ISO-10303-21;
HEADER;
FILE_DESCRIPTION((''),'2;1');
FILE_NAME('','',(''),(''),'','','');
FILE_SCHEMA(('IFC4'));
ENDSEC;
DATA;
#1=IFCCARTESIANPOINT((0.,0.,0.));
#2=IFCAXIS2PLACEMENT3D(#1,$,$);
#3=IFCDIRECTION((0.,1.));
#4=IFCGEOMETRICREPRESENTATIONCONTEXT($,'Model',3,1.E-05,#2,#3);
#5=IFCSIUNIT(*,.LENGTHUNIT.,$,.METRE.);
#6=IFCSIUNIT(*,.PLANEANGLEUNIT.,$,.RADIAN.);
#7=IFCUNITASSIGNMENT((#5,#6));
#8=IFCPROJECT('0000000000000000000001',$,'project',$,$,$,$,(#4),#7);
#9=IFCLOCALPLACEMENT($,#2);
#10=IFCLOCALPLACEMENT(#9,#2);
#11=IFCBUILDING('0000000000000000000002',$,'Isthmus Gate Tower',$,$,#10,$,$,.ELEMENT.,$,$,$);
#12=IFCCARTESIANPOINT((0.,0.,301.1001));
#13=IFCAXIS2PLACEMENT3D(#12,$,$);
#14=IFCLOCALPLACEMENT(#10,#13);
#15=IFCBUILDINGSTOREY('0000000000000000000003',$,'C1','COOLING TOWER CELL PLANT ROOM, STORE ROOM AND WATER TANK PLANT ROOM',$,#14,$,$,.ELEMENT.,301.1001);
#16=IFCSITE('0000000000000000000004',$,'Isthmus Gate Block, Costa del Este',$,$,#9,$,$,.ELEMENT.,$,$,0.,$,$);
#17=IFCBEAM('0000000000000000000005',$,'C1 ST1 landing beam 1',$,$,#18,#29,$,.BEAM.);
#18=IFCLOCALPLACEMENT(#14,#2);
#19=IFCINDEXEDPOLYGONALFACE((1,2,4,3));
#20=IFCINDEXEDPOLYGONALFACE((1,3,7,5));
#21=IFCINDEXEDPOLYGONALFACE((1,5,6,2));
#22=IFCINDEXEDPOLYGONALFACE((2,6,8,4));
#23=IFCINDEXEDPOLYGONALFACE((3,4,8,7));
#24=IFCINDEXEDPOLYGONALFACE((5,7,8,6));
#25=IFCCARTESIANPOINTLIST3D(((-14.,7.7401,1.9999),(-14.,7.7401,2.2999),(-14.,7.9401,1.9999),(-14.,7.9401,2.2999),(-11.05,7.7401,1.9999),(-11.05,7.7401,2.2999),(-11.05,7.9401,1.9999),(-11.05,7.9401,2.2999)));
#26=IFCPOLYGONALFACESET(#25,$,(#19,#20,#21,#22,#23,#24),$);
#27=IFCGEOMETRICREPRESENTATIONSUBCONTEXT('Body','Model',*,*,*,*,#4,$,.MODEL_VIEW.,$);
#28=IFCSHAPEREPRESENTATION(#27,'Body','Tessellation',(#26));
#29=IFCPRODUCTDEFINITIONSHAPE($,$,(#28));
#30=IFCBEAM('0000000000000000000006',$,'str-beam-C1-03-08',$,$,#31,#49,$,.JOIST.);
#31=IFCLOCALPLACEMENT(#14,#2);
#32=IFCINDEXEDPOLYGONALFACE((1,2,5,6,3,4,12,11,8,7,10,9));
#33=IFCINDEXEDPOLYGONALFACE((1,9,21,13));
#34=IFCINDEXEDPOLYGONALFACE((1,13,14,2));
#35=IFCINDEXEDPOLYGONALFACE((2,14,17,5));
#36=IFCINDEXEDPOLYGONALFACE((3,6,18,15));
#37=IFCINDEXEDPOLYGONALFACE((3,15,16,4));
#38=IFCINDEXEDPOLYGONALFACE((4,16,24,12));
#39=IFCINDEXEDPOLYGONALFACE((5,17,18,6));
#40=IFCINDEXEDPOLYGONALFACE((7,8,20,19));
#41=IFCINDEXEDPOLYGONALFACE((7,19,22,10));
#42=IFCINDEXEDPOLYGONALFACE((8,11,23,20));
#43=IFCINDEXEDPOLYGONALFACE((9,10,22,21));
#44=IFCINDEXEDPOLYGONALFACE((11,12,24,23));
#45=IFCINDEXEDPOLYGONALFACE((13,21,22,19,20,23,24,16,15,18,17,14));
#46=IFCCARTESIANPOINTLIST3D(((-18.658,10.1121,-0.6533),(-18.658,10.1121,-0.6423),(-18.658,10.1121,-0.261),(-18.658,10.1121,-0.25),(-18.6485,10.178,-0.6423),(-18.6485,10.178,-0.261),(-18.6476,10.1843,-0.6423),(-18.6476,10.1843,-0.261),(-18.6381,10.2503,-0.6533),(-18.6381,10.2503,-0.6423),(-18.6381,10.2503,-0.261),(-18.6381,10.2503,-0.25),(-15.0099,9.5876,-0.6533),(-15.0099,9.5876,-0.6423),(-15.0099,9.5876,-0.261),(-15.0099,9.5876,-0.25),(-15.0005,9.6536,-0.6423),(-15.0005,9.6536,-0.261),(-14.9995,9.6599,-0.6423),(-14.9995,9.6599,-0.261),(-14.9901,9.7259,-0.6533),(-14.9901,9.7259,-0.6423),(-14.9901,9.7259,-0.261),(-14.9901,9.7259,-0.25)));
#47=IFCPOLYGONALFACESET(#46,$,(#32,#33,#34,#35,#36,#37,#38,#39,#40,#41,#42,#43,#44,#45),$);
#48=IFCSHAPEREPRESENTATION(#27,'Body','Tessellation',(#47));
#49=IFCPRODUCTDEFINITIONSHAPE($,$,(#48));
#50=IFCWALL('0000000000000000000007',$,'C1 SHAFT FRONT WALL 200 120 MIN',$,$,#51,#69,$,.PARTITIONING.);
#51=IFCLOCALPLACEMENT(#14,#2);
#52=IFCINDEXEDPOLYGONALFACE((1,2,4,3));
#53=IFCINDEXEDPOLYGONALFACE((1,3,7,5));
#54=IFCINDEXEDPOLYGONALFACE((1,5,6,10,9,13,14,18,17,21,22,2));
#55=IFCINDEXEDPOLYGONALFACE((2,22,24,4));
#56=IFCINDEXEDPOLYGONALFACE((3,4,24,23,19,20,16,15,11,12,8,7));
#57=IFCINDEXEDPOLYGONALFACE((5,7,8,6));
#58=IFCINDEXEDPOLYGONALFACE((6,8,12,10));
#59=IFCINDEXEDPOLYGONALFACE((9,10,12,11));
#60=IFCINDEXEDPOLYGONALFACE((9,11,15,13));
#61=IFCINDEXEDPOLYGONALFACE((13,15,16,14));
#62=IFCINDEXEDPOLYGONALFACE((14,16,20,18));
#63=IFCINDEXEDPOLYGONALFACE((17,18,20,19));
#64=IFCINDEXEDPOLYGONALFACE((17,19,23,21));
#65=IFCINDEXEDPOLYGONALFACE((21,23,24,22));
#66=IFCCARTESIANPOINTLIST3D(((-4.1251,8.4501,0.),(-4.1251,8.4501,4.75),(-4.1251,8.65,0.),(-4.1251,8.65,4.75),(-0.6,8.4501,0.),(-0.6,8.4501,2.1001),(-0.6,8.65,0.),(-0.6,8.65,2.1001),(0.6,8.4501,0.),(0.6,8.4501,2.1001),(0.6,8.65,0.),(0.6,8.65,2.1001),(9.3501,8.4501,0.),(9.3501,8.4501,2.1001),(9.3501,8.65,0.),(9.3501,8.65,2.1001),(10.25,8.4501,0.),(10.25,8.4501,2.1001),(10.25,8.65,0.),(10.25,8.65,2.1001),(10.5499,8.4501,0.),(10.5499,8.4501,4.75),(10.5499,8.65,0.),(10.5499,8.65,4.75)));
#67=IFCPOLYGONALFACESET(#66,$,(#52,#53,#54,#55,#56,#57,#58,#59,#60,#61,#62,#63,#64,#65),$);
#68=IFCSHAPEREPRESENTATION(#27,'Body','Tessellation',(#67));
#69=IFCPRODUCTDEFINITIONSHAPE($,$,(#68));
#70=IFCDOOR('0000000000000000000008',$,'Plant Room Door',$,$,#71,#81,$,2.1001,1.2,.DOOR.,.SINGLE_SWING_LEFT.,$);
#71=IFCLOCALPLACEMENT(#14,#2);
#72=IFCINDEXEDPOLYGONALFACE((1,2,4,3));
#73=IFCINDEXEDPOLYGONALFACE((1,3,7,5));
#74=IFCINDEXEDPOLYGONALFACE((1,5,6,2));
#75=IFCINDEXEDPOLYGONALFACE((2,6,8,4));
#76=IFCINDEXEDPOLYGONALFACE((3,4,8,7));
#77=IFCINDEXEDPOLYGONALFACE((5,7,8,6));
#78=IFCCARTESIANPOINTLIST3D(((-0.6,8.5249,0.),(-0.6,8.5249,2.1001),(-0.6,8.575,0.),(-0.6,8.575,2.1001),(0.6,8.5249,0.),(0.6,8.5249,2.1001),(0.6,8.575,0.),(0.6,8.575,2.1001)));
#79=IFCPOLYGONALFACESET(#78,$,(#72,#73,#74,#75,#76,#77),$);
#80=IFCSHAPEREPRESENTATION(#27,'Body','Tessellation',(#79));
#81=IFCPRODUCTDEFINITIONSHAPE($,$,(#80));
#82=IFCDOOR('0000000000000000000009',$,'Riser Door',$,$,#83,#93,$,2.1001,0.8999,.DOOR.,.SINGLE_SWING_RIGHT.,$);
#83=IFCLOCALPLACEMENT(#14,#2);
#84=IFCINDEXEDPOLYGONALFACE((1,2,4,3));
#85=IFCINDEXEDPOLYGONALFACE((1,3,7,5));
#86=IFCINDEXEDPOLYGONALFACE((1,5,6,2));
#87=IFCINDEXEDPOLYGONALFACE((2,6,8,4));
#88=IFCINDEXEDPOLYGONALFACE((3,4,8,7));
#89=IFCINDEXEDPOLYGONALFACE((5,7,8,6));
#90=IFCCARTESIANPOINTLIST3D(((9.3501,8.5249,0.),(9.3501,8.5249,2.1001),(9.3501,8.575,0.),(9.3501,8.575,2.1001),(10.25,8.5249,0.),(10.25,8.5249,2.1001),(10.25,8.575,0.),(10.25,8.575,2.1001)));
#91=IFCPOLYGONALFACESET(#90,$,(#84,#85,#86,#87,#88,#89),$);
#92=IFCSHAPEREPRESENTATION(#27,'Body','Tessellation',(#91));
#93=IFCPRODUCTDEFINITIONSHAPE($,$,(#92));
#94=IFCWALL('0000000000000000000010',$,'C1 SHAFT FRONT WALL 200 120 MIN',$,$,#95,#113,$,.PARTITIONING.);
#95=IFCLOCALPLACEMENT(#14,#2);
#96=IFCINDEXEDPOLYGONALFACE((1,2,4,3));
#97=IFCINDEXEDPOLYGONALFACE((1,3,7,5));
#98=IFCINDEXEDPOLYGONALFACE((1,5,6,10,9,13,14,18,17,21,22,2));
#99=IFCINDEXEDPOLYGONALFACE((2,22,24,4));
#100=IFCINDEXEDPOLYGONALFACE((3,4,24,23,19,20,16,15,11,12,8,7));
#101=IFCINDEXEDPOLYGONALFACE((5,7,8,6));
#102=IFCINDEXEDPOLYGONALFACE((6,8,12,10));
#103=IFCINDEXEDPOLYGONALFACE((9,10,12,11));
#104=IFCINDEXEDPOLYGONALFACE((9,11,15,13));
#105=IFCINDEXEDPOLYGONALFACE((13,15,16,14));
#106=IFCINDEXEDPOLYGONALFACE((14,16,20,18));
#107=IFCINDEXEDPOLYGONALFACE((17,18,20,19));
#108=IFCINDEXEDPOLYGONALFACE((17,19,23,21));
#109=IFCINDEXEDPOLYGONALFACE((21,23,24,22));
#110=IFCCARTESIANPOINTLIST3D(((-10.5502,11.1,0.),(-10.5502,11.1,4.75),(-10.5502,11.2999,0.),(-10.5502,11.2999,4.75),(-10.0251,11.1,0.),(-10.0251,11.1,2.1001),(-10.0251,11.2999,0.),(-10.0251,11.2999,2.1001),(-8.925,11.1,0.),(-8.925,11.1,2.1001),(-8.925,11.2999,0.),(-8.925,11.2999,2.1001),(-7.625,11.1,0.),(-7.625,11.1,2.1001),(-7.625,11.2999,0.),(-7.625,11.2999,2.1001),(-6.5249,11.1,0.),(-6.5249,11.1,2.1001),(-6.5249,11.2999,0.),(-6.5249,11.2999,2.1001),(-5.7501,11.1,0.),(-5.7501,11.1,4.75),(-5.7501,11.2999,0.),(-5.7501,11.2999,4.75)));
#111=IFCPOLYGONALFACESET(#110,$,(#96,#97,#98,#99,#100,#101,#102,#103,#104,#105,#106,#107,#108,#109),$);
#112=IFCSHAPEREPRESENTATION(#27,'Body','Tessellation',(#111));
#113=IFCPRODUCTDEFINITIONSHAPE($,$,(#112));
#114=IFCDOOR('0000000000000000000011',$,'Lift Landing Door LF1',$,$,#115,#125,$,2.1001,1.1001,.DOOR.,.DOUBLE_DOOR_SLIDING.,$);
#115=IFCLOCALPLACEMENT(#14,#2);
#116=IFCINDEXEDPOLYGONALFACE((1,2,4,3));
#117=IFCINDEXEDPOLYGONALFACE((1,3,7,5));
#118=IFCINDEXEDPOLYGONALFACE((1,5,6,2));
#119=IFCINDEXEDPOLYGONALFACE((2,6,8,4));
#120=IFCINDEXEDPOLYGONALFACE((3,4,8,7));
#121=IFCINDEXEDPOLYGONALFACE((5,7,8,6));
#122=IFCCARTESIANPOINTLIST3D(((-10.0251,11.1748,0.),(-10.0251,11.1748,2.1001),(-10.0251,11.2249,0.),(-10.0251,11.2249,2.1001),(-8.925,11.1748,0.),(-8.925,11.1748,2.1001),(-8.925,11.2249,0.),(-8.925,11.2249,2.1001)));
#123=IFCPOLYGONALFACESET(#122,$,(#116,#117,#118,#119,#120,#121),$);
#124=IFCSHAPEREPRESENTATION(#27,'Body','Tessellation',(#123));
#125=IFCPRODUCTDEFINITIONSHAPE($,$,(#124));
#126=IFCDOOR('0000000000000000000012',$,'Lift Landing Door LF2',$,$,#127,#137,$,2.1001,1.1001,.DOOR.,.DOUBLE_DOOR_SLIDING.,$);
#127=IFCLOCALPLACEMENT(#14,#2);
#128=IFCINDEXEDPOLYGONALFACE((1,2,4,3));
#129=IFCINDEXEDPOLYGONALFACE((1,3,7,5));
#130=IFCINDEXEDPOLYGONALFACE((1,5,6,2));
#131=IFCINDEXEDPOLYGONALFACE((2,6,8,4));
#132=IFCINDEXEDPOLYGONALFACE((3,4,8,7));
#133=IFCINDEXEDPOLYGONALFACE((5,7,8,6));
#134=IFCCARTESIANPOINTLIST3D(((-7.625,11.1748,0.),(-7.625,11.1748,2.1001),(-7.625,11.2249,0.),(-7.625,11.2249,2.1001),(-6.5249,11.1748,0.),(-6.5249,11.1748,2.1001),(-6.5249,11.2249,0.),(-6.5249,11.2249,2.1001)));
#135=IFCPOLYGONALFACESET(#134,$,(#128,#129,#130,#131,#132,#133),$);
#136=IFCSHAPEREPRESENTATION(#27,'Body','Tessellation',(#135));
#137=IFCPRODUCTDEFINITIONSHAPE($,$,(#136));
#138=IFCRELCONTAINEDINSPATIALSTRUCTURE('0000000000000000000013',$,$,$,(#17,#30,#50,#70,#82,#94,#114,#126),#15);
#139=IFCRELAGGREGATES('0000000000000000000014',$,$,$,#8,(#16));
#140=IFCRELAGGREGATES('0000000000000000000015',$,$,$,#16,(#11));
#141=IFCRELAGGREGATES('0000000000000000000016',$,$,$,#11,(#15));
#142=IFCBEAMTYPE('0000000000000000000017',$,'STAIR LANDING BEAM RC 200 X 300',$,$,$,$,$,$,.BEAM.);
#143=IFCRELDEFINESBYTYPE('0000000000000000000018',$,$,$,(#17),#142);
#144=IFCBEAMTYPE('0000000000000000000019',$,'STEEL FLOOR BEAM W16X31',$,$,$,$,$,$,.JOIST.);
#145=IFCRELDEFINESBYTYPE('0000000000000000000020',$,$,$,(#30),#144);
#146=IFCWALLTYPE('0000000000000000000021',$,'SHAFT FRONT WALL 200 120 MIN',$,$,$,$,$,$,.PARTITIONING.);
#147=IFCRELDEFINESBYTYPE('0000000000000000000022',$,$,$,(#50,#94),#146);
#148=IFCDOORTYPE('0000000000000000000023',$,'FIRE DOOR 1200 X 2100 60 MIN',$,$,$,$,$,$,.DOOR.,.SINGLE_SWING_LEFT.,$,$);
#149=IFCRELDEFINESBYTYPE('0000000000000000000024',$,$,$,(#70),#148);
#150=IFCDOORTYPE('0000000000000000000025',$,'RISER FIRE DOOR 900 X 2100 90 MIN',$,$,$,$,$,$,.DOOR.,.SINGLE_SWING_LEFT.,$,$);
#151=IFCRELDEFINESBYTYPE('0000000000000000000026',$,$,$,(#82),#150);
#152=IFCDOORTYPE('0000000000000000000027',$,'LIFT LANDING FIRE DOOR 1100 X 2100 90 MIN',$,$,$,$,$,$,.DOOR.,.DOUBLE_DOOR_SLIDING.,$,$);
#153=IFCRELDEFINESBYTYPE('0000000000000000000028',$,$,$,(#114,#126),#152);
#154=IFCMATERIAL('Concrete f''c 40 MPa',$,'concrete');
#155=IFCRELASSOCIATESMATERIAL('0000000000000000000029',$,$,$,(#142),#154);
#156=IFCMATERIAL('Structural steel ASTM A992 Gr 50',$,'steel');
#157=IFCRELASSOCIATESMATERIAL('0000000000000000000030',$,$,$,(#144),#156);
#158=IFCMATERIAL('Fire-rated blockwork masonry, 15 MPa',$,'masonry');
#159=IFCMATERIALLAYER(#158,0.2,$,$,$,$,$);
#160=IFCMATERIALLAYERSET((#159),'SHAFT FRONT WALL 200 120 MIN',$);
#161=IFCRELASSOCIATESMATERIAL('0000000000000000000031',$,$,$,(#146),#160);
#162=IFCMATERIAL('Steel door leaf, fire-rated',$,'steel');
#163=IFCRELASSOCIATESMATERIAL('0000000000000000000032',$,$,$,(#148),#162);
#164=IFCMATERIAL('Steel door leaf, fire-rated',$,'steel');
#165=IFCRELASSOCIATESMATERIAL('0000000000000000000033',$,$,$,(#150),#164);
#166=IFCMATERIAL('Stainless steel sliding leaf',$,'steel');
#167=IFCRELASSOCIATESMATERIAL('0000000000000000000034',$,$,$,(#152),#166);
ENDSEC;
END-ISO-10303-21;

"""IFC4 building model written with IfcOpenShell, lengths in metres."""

from ifc_helpers import new_model, si_unit, direction, frame, frame_2d, origin, origin_2d, place, context, subcontext, project, spatial, rectangle, i_section, extrude, material, layer, layer_set, material_profile, profile_set, type_object, element, fill, save


model = new_model("IFC4")

# Units and contexts
model_context = context("Model", 3, precision=1e-05, world=origin(), true_north=direction((0.0, 1.0)))
body_context = subcontext(model_context, "Body", "Model", "MODEL_VIEW")
ifc_project = project(units=[si_unit("LENGTHUNIT", "METRE"), si_unit("PLANEANGLEUNIT", "RADIAN")], contexts=[model_context])

# Site, building, storey
site_placement = place(None, origin())
site = spatial("IfcSite", under=ifc_project, at=site_placement, Name="Isthmus Gate Block, Costa del Este", CompositionType="ELEMENT", RefElevation=0.0)
building_placement = place(site_placement, origin())
building = spatial("IfcBuilding", under=site, at=building_placement, Name="Isthmus Gate Tower", CompositionType="ELEMENT")
storey_placement = place(building_placement, frame((0.0, 0.0, 301.1001)))
storey = spatial("IfcBuildingStorey", under=building, at=storey_placement, Name="C1", Description="COOLING TOWER CELL PLANT ROOM, STORE ROOM AND WATER TANK PLANT ROOM", CompositionType="ELEMENT", Elevation=301.1001)

# Beams
ifc_material_1 = material(Name="Concrete f'c 40 MPa", Category="concrete")
ifc_material_profile_1 = material_profile(ifc_material_1, rectangle(XDim=0.2, YDim=0.3, at=origin_2d()), Name="STAIR LANDING BEAM RC 200 X 300")
ifc_profile_set_1 = profile_set([ifc_material_profile_1], Name="Concrete f'c 40 MPa")
beam_type_1 = type_object("IfcBeamType", Name="STAIR LANDING BEAM RC 200 X 300", PredefinedType="BEAM", material=ifc_profile_set_1)
beam_1_placement = place(storey_placement, frame((-14.0, 7.8401, 2.1499), z_axis=(1.0, 0.0, 0.0), x_axis=(0.0, 1.0, 0.0)))
element("IfcBeam", 1, at=beam_1_placement, inside=storey, type_object=beam_type_1, Name="C1 ST1 landing beam 1", PredefinedType="BEAM", context=body_context, shape_type="SweptSolid", body=[
    extrude(rectangle(XDim=0.2, YDim=0.3, at=origin_2d()), origin(), (0.0, 0.0, 1.0), 2.95),
])
ifc_material_2 = material(Name="Structural steel ASTM A992 Gr 50", Category="steel")
ifc_material_profile_2 = material_profile(ifc_material_2, i_section(OverallWidth=0.1396, OverallDepth=0.4033, WebThickness=0.0063, FlangeThickness=0.011, at=origin_2d()), Name="W16X31")
ifc_profile_set_2 = profile_set([ifc_material_profile_2], Name="Structural steel ASTM A992 Gr 50")
beam_type_2 = type_object("IfcBeamType", Name="STEEL FLOOR BEAM W16X31", PredefinedType="JOIST", material=ifc_profile_set_2)
beam_2_placement = place(storey_placement, frame((-15.0, 9.6567, -0.4517), z_axis=(-0.989825, 0.142293, 0.0), x_axis=(-0.142293, -0.989825, 0.0)))
element("IfcBeam", 2, at=beam_2_placement, inside=storey, type_object=beam_type_2, Name="str-beam-C1-03-08", PredefinedType="JOIST", context=body_context, shape_type="SweptSolid", body=[
    extrude(i_section(OverallWidth=0.1396, OverallDepth=0.4033, WebThickness=0.0063, FlangeThickness=0.011, at=origin_2d()), origin(), (0.0, 0.0, 1.0), 3.6855),
])

# Walls, openings, doors
ifc_material_3 = material(Name="Fire-rated blockwork masonry, 15 MPa", Category="masonry")
ifc_layer_1 = layer(ifc_material_3, 0.2)
ifc_layer_set_1 = layer_set([ifc_layer_1], Name="SHAFT FRONT WALL 200 120 MIN")
wall_type_1 = type_object("IfcWallType", Name="SHAFT FRONT WALL 200 120 MIN", PredefinedType="PARTITIONING", material=ifc_layer_set_1)
wall_1_placement = place(storey_placement, frame((-4.125, 8.55, 0.0), z_axis=(0.0, 0.0, 1.0), x_axis=(1.0, 0.0, 0.0)))
wall_1 = element("IfcWall", 3, at=wall_1_placement, inside=storey, type_object=wall_type_1, Name="C1 SHAFT FRONT WALL 200 120 MIN", PredefinedType="PARTITIONING", context=body_context, shape_type="SweptSolid", body=[
    extrude(rectangle(XDim=14.675, YDim=0.2, at=frame_2d((7.3374, 0.0))), origin(), (0.0, 0.0, 1.0), 4.75),
])
opening_1_placement = place(wall_1_placement, frame((3.5249, 0.0, 0.0)))
opening_1 = element("IfcOpeningElement", 4, at=opening_1_placement, cuts=wall_1, PredefinedType="OPENING", context=body_context, shape_type="SweptSolid", body=[
    extrude(rectangle(XDim=1.2, YDim=2.1001, at=frame_2d((0.6001, 1.05))), frame((0.0, 0.1099, 0.0), z_axis=(0.0, -1.0, 0.0), x_axis=(1.0, 0.0, 0.0)), (0.0, 0.0, 1.0), 0.22),
])
opening_2_placement = place(wall_1_placement, frame((13.4751, 0.0, 0.0)))
opening_2 = element("IfcOpeningElement", 5, at=opening_2_placement, cuts=wall_1, PredefinedType="OPENING", context=body_context, shape_type="SweptSolid", body=[
    extrude(rectangle(XDim=0.8999, YDim=2.1001, at=frame_2d((0.45, 1.05))), frame((0.0, 0.1099, 0.0), z_axis=(0.0, -1.0, 0.0), x_axis=(1.0, 0.0, 0.0)), (0.0, 0.0, 1.0), 0.22),
])
ifc_material_4 = material(Name="Steel door leaf, fire-rated", Category="steel")
door_type_1 = type_object("IfcDoorType", Name="FIRE DOOR 1200 X 2100 60 MIN", OperationType="SINGLE_SWING_LEFT", PredefinedType="DOOR", material=ifc_material_4)
door_1_placement = place(opening_1_placement, origin())
door_1 = element("IfcDoor", 6, at=door_1_placement, inside=storey, type_object=door_type_1, Name="Plant Room Door", OperationType="SINGLE_SWING_LEFT", OverallHeight=2.1001, OverallWidth=1.2, PredefinedType="DOOR", context=body_context, shape_type="SweptSolid", body=[
    extrude(rectangle(XDim=1.2, YDim=2.1001, at=frame_2d((0.6001, 1.05))), frame((0.0, 0.0249, 0.0), z_axis=(0.0, -1.0, 0.0), x_axis=(1.0, 0.0, 0.0)), (0.0, 0.0, 1.0), 0.05),
])
fill(opening_1, door_1)
ifc_material_5 = material(Name="Steel door leaf, fire-rated", Category="steel")
door_type_2 = type_object("IfcDoorType", Name="RISER FIRE DOOR 900 X 2100 90 MIN", OperationType="SINGLE_SWING_LEFT", PredefinedType="DOOR", material=ifc_material_5)
door_2_placement = place(opening_2_placement, origin())
door_2 = element("IfcDoor", 7, at=door_2_placement, inside=storey, type_object=door_type_2, Name="Riser Door", OperationType="SINGLE_SWING_RIGHT", OverallHeight=2.1001, OverallWidth=0.8999, PredefinedType="DOOR", context=body_context, shape_type="SweptSolid", body=[
    extrude(rectangle(XDim=0.8999, YDim=2.1001, at=frame_2d((0.45, 1.05))), frame((0.0, 0.0249, 0.0), z_axis=(0.0, -1.0, 0.0), x_axis=(1.0, 0.0, 0.0)), (0.0, 0.0, 1.0), 0.05),
])
fill(opening_2, door_2)
wall_2_placement = place(storey_placement, frame((-10.55, 11.2, 0.0), z_axis=(0.0, 0.0, 1.0), x_axis=(1.0, 0.0, 0.0)))
wall_2 = element("IfcWall", 8, at=wall_2_placement, inside=storey, type_object=wall_type_1, Name="C1 SHAFT FRONT WALL 200 120 MIN", PredefinedType="PARTITIONING", context=body_context, shape_type="SweptSolid", body=[
    extrude(rectangle(XDim=4.8, YDim=0.2, at=frame_2d((2.3999, 0.0))), origin(), (0.0, 0.0, 1.0), 4.75),
])
opening_3_placement = place(wall_2_placement, frame((0.5249, 0.0, 0.0)))
opening_3 = element("IfcOpeningElement", 9, at=opening_3_placement, cuts=wall_2, PredefinedType="OPENING", context=body_context, shape_type="SweptSolid", body=[
    extrude(rectangle(XDim=1.1001, YDim=2.1001, at=frame_2d((0.55, 1.05))), frame((0.0, 0.1099, 0.0), z_axis=(0.0, -1.0, 0.0), x_axis=(1.0, 0.0, 0.0)), (0.0, 0.0, 1.0), 0.22),
])
opening_4_placement = place(wall_2_placement, frame((2.925, 0.0, 0.0)))
opening_4 = element("IfcOpeningElement", 10, at=opening_4_placement, cuts=wall_2, PredefinedType="OPENING", context=body_context, shape_type="SweptSolid", body=[
    extrude(rectangle(XDim=1.1001, YDim=2.1001, at=frame_2d((0.55, 1.05))), frame((0.0, 0.1099, 0.0), z_axis=(0.0, -1.0, 0.0), x_axis=(1.0, 0.0, 0.0)), (0.0, 0.0, 1.0), 0.22),
])
ifc_material_6 = material(Name="Stainless steel sliding leaf", Category="steel")
door_type_3 = type_object("IfcDoorType", Name="LIFT LANDING FIRE DOOR 1100 X 2100 90 MIN", OperationType="DOUBLE_DOOR_SLIDING", PredefinedType="DOOR", material=ifc_material_6)
door_3_placement = place(opening_3_placement, origin())
door_3 = element("IfcDoor", 11, at=door_3_placement, inside=storey, type_object=door_type_3, Name="Lift Landing Door LF1", OperationType="DOUBLE_DOOR_SLIDING", OverallHeight=2.1001, OverallWidth=1.1001, PredefinedType="DOOR", context=body_context, shape_type="SweptSolid", body=[
    extrude(rectangle(XDim=1.1001, YDim=2.1001, at=frame_2d((0.55, 1.05))), frame((0.0, 0.0249, 0.0), z_axis=(0.0, -1.0, 0.0), x_axis=(1.0, 0.0, 0.0)), (0.0, 0.0, 1.0), 0.05),
])
fill(opening_3, door_3)
door_4_placement = place(opening_4_placement, origin())
door_4 = element("IfcDoor", 12, at=door_4_placement, inside=storey, type_object=door_type_3, Name="Lift Landing Door LF2", OperationType="DOUBLE_DOOR_SLIDING", OverallHeight=2.1001, OverallWidth=1.1001, PredefinedType="DOOR", context=body_context, shape_type="SweptSolid", body=[
    extrude(rectangle(XDim=1.1001, YDim=2.1001, at=frame_2d((0.55, 1.05))), frame((0.0, 0.0249, 0.0), z_axis=(0.0, -1.0, 0.0), x_axis=(1.0, 0.0, 0.0)), (0.0, 0.0, 1.0), 0.05),
])
fill(opening_4, door_4)

save(model, "model.ifc")
